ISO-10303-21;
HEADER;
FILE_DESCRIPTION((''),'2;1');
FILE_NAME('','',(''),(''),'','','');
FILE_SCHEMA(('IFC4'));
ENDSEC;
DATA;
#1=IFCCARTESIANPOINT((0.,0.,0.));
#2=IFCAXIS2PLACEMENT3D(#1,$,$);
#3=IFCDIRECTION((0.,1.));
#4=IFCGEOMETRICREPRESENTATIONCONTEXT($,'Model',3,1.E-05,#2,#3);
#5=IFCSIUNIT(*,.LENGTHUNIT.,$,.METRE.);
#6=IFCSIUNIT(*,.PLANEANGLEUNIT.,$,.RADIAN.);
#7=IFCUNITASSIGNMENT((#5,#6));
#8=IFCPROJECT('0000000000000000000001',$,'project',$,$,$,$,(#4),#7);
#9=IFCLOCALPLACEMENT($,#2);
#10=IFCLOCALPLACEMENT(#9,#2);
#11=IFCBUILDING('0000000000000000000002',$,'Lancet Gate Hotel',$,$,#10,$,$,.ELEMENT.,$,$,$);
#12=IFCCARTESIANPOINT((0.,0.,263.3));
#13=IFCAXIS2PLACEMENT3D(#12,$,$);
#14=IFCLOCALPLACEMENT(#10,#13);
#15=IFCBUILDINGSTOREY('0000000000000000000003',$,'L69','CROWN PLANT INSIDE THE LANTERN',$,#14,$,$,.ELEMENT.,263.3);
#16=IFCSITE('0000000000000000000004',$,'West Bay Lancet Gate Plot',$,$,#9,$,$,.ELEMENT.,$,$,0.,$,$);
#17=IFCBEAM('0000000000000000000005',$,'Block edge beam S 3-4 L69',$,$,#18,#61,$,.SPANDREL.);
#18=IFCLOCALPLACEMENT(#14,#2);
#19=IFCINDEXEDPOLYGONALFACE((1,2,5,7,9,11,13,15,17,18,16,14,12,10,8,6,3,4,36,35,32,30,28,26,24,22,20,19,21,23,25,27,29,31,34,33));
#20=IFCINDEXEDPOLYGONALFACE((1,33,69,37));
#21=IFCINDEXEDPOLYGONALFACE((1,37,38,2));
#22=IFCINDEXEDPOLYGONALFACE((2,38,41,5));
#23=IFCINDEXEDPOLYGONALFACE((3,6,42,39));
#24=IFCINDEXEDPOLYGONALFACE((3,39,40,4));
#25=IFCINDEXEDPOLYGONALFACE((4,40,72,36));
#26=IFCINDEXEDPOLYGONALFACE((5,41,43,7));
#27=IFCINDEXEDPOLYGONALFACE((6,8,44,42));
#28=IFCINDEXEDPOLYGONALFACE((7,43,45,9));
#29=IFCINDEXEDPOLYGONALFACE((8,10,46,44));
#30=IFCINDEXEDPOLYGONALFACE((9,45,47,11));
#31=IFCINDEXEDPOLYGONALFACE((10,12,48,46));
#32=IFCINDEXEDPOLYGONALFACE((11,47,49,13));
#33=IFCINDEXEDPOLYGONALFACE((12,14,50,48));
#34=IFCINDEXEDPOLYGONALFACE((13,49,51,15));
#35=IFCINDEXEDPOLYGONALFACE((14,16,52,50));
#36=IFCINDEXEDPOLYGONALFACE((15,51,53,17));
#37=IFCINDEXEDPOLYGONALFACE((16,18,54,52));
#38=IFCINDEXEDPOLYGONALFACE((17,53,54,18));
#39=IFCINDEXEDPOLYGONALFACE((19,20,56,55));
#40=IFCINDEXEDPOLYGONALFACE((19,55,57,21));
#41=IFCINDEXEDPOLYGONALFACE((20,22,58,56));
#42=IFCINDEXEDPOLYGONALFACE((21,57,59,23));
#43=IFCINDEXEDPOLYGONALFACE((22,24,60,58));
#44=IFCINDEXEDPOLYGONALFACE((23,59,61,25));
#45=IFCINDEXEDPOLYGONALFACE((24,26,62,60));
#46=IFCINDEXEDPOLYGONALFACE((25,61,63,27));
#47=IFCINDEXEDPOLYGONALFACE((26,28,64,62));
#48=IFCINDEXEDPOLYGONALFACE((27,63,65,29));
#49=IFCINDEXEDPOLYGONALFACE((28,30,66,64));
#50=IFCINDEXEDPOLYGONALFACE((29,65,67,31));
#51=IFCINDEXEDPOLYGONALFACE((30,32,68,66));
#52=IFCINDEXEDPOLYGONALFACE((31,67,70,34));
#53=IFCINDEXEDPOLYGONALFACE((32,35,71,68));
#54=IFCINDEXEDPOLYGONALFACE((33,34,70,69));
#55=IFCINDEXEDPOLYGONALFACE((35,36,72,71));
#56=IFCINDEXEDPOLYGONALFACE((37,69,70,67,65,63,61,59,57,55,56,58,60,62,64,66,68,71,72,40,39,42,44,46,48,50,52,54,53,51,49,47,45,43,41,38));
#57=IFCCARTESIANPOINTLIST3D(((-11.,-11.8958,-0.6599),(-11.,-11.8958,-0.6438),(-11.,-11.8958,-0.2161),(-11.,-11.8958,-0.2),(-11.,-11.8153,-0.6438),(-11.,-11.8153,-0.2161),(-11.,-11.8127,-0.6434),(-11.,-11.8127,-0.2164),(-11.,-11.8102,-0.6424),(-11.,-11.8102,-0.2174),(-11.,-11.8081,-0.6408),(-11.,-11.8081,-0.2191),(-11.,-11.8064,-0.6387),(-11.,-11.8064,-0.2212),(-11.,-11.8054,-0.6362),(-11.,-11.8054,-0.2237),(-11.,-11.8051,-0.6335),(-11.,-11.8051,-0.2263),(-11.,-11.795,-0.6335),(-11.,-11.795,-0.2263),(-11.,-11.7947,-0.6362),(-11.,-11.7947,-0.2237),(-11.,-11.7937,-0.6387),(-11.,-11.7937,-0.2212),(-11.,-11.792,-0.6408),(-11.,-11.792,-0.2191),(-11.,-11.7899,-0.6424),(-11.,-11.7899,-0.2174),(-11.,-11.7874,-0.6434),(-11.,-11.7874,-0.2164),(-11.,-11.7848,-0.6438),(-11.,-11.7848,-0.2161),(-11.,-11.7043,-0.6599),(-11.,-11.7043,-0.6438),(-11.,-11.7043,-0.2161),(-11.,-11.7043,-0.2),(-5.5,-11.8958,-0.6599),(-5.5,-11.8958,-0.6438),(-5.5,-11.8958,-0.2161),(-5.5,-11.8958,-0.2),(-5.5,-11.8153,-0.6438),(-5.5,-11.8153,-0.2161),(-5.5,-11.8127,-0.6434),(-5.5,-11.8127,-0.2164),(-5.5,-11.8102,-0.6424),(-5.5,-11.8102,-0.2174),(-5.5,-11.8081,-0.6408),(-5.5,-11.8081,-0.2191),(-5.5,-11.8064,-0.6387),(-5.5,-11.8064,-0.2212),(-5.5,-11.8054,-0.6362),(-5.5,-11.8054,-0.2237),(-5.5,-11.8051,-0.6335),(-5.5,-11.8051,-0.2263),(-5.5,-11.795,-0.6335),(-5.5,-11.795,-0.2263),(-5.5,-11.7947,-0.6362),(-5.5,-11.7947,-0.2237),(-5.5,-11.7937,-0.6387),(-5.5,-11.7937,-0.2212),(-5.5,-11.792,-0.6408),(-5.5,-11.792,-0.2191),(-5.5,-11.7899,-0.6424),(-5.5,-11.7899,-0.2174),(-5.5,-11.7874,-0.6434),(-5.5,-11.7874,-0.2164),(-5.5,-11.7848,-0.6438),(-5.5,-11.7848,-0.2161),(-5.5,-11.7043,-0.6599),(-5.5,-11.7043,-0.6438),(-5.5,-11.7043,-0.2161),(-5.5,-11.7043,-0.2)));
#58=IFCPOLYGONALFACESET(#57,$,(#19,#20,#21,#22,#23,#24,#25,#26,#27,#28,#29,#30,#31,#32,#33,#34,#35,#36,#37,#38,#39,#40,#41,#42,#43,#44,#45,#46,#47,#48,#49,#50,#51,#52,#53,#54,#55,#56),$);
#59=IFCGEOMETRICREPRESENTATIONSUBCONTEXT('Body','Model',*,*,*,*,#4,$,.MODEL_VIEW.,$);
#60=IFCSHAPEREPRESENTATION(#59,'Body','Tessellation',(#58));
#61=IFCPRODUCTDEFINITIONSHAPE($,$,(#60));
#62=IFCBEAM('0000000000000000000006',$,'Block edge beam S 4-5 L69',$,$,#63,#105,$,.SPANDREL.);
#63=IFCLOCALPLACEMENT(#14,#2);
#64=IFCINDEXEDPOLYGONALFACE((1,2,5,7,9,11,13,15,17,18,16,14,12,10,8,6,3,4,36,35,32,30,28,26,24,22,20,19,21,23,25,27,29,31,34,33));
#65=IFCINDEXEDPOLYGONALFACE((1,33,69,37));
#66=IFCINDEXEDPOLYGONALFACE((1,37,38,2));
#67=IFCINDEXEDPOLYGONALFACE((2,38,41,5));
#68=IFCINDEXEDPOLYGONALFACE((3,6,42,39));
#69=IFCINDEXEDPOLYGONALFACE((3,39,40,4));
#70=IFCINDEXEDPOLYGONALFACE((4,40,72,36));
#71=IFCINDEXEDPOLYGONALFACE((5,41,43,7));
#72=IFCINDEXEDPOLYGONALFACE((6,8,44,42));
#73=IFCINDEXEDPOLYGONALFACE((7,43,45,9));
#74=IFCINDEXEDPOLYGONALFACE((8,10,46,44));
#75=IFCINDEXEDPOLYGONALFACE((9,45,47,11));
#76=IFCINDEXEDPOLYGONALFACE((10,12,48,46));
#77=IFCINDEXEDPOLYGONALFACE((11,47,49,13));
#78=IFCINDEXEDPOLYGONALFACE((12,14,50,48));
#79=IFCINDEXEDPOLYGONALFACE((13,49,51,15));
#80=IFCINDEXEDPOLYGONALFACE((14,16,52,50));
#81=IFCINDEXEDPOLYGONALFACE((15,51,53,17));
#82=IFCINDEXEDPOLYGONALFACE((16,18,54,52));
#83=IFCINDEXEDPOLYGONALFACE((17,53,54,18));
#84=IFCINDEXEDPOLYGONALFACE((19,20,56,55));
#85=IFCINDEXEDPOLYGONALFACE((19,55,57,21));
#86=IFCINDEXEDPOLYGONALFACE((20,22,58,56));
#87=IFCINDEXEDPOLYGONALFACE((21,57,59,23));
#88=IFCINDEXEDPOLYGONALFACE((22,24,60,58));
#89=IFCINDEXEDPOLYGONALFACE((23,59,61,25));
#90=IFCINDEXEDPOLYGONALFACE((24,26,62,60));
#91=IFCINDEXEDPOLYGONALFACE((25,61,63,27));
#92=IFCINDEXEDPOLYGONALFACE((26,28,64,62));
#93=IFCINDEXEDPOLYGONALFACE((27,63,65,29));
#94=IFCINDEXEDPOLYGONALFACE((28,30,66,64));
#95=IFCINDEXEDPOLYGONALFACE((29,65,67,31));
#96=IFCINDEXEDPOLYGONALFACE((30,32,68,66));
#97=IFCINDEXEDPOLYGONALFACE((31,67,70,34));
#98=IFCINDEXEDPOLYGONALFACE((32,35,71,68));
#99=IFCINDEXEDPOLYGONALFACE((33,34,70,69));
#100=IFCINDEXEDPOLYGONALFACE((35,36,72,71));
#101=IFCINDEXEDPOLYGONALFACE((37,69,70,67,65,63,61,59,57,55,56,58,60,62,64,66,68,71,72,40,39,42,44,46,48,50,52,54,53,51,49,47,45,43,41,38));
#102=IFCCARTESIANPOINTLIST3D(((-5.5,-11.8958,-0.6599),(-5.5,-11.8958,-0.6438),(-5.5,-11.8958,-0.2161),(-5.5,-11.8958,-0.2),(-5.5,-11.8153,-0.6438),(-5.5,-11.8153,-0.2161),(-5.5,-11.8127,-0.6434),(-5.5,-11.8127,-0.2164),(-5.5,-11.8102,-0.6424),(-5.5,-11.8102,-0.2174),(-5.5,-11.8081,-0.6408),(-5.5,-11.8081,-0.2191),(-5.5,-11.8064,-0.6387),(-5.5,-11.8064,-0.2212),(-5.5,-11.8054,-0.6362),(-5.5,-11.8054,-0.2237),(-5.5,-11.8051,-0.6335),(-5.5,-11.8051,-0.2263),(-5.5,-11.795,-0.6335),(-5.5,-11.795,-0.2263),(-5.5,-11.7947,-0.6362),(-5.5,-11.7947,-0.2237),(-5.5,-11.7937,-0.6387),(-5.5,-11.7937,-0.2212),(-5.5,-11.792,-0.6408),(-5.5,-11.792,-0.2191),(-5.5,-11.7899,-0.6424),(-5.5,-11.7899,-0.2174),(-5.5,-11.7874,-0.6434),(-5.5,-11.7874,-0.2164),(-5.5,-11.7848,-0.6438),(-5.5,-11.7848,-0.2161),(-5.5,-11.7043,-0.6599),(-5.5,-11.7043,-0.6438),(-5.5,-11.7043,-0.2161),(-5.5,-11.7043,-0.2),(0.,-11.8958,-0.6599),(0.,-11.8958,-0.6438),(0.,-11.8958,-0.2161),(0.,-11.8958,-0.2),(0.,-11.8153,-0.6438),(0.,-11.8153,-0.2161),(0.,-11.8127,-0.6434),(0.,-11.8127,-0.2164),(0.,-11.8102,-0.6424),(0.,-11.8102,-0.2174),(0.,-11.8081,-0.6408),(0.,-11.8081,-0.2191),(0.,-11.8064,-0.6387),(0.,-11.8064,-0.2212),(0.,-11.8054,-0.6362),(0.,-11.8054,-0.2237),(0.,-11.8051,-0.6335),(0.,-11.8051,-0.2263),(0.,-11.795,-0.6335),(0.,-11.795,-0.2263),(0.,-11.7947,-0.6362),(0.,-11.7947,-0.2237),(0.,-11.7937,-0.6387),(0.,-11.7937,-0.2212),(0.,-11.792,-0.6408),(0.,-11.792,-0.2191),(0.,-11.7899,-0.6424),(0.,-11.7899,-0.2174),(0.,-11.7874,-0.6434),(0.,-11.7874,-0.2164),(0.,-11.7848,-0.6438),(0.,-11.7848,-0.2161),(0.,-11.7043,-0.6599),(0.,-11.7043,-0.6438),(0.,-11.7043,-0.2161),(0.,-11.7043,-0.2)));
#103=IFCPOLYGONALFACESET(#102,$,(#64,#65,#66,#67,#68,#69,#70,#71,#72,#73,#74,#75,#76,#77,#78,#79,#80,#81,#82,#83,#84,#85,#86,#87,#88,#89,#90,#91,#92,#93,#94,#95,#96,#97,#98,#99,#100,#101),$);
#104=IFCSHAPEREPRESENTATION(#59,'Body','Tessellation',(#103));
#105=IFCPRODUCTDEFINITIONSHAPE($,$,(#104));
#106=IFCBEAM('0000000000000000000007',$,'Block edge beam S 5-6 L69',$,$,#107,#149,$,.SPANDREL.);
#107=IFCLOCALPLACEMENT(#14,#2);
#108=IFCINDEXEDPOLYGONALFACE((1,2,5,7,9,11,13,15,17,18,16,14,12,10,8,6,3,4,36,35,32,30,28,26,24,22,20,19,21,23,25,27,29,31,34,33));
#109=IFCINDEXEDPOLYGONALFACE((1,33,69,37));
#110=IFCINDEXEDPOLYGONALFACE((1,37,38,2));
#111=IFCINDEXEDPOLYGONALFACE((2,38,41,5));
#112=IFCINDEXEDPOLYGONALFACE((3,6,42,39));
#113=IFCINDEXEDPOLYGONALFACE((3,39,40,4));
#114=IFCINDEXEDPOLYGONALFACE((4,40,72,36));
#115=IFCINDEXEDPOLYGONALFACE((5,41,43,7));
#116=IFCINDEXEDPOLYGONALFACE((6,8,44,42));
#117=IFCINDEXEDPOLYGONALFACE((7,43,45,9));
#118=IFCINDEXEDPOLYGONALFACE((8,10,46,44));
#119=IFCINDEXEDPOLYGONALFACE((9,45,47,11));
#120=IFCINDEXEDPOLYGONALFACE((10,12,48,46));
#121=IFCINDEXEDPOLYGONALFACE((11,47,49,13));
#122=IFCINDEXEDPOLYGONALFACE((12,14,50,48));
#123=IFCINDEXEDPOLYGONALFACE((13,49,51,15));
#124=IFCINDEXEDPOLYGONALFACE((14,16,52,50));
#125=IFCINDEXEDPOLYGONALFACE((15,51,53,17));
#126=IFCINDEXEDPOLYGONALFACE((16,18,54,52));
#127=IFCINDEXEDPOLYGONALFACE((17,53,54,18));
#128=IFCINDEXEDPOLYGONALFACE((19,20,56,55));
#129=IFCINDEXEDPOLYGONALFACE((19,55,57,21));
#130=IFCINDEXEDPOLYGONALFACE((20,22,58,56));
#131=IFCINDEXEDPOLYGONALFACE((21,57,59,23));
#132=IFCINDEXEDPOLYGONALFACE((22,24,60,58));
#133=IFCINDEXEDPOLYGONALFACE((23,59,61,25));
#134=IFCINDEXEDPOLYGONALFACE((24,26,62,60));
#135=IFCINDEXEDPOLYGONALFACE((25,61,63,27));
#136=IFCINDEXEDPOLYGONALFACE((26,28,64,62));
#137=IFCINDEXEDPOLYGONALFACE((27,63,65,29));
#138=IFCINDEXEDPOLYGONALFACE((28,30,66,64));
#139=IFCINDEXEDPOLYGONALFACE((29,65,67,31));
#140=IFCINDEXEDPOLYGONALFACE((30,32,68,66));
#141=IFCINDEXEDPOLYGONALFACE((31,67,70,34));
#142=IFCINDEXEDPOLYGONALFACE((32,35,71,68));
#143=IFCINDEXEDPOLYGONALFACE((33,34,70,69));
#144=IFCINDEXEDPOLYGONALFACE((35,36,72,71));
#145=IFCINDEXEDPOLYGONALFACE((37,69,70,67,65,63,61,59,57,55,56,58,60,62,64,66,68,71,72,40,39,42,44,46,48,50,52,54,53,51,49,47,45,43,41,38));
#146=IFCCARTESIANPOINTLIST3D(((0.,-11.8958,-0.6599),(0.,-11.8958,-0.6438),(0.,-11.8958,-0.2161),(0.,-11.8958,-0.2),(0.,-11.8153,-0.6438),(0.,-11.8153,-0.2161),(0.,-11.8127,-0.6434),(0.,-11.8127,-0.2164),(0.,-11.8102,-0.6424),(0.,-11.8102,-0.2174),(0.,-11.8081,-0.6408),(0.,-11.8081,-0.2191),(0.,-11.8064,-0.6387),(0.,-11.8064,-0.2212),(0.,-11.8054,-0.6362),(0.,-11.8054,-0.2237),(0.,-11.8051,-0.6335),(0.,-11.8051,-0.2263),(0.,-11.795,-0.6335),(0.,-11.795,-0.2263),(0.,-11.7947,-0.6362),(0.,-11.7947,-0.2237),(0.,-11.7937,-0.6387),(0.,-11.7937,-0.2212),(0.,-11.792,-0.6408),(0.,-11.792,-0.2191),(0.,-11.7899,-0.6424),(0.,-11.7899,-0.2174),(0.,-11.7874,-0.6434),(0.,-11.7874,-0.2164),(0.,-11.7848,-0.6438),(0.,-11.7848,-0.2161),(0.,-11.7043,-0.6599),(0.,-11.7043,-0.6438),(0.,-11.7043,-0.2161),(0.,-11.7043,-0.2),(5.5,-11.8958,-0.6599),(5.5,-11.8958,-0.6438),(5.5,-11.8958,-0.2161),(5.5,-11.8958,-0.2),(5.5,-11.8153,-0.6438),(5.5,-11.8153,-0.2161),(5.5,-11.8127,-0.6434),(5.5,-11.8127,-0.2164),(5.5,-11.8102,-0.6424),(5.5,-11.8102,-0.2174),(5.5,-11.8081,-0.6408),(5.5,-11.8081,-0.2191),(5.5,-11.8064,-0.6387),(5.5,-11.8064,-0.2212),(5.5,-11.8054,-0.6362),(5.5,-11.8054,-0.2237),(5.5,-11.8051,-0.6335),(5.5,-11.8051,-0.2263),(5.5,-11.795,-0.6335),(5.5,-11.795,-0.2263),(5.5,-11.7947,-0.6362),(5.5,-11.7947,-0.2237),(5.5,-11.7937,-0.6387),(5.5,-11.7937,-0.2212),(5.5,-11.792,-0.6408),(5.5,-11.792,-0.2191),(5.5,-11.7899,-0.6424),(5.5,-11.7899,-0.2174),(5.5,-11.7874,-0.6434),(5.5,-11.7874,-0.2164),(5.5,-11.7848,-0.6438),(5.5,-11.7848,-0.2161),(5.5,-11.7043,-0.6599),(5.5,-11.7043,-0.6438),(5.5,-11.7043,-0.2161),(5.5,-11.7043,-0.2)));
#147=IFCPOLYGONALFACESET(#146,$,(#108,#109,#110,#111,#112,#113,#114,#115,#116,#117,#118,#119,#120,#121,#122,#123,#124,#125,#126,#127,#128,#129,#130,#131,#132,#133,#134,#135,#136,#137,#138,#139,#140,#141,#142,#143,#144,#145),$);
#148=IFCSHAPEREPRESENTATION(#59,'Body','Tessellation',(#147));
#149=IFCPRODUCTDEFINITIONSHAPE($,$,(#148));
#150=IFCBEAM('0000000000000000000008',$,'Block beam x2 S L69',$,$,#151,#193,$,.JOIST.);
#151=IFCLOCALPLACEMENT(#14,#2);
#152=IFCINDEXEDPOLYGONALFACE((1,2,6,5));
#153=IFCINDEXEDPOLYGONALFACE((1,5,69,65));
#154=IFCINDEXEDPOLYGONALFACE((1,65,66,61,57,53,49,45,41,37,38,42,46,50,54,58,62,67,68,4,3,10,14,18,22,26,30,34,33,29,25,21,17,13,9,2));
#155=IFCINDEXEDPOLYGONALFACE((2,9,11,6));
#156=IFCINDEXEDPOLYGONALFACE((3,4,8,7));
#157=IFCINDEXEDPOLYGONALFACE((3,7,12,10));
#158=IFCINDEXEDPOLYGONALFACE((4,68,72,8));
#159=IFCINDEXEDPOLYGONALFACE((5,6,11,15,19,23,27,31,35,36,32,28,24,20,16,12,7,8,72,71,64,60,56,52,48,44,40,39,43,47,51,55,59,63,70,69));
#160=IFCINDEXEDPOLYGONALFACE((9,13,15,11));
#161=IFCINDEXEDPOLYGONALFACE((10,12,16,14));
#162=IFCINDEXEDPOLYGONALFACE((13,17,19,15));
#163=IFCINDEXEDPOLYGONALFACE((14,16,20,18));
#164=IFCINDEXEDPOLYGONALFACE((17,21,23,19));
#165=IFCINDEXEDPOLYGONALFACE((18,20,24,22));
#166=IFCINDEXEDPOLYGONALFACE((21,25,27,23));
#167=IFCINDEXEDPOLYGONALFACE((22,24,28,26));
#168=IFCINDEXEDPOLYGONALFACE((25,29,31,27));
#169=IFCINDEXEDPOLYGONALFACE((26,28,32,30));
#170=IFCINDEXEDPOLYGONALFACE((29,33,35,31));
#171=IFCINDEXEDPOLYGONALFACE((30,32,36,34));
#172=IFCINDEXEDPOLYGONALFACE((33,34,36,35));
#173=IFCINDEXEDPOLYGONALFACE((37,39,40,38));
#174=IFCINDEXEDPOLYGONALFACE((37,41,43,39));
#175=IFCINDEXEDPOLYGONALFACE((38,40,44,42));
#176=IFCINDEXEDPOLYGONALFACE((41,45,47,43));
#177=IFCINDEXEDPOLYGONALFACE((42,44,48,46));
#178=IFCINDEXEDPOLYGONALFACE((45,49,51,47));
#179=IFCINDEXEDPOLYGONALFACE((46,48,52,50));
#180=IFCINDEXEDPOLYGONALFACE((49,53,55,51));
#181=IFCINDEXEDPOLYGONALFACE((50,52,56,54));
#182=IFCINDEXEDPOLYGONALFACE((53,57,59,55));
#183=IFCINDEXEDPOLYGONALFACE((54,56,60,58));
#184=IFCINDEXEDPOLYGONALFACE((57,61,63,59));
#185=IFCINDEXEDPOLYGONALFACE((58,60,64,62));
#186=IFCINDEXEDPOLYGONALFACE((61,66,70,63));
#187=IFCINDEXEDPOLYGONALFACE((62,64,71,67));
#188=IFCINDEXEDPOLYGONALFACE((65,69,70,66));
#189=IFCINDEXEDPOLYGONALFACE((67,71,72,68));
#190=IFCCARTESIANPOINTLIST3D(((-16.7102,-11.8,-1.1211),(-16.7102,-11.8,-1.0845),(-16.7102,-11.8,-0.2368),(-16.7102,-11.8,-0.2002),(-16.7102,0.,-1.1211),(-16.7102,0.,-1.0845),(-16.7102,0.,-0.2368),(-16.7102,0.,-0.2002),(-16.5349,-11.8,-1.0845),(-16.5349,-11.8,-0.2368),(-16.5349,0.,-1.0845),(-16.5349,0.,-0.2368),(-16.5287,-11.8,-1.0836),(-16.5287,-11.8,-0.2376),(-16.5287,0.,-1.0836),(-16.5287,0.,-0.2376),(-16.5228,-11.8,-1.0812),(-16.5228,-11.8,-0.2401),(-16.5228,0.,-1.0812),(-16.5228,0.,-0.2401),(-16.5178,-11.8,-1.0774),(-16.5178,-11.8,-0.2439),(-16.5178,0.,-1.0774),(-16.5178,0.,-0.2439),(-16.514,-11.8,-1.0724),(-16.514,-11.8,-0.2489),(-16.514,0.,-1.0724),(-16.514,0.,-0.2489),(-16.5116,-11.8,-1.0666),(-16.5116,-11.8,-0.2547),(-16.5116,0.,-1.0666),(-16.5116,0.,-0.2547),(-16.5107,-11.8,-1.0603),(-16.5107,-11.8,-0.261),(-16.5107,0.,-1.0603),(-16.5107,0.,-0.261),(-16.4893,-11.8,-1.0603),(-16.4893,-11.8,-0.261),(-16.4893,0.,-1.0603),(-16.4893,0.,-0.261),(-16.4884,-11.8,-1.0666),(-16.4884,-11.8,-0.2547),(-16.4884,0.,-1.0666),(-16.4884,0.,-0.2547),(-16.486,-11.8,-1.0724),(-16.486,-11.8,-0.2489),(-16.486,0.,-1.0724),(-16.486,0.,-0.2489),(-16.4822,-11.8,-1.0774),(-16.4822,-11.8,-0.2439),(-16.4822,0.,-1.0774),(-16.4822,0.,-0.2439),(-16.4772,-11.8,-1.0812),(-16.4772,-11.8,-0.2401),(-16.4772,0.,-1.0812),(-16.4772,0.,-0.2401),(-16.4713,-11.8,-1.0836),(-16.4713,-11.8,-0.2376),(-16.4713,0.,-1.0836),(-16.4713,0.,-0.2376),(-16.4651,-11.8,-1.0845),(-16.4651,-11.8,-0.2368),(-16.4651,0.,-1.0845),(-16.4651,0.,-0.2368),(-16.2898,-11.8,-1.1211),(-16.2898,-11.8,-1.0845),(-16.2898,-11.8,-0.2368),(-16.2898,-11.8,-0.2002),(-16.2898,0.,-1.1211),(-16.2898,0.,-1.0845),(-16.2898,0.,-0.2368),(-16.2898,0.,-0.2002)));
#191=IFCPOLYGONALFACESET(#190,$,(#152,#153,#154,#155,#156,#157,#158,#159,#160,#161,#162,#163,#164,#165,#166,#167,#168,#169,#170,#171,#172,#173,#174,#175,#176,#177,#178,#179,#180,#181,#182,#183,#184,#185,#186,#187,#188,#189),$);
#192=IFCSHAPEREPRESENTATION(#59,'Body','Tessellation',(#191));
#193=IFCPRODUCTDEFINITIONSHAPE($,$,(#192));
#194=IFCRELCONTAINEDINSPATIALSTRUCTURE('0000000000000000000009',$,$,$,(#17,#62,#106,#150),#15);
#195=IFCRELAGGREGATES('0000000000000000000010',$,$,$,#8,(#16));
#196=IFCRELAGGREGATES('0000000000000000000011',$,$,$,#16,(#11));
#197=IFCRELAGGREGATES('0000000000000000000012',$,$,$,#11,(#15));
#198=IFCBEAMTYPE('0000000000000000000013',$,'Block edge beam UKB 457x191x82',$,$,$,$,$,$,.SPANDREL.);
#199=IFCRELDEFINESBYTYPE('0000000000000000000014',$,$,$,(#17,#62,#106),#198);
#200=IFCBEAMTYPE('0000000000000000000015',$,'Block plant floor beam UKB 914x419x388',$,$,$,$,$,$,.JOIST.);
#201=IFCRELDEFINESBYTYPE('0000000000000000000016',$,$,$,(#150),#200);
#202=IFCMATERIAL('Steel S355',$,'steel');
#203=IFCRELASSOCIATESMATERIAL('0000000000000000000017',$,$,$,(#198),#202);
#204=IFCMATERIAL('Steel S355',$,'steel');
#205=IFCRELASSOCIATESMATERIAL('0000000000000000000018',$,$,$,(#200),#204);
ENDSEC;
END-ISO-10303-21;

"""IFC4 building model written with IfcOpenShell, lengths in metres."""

from ifc_helpers import new_model, si_unit, direction, frame, origin, origin_2d, place, context, subcontext, project, spatial, i_section, extrude, material, material_profile, profile_set, type_object, element, save


model = new_model("IFC4")

# Units and contexts
model_context = context("Model", 3, precision=1e-05, world=origin(), true_north=direction((0.0, 1.0)))
body_context = subcontext(model_context, "Body", "Model", "MODEL_VIEW")
ifc_project = project(units=[si_unit("LENGTHUNIT", "METRE"), si_unit("PLANEANGLEUNIT", "RADIAN")], contexts=[model_context])

# Site, building, storey
site_placement = place(None, origin())
site = spatial("IfcSite", under=ifc_project, at=site_placement, Name="West Bay Lancet Gate Plot", CompositionType="ELEMENT", RefElevation=0.0)
building_placement = place(site_placement, origin())
building = spatial("IfcBuilding", under=site, at=building_placement, Name="Lancet Gate Hotel", CompositionType="ELEMENT")
storey_placement = place(building_placement, frame((0.0, 0.0, 263.3)))
storey = spatial("IfcBuildingStorey", under=building, at=storey_placement, Name="L69", Description="CROWN PLANT INSIDE THE LANTERN", CompositionType="ELEMENT", Elevation=263.3)

# Beams
ifc_material_1 = material(Name="Steel S355", Category="steel")
ifc_material_profile_1 = material_profile(ifc_material_1, i_section(OverallWidth=0.1914, OverallDepth=0.46, WebThickness=0.01, FlangeThickness=0.0161, FilletRadius=0.0103, at=origin_2d()), Name="UKB 457x191x82")
ifc_profile_set_1 = profile_set([ifc_material_profile_1], Name="Steel S355")
beam_type_1 = type_object("IfcBeamType", Name="Block edge beam UKB 457x191x82", PredefinedType="SPANDREL", material=ifc_profile_set_1)
for number, where, z_axis, x_axis, name in (
    (1, (-11.0, -11.8, -0.4299), (1.0, 0.0, 0.0), (0.0, 1.0, 0.0), "Block edge beam S 3-4 L69"),
    (2, (-5.5, -11.8, -0.4299), (1.0, 0.0, 0.0), (0.0, 1.0, 0.0), "Block edge beam S 4-5 L69"),
    (3, (0.0, -11.8, -0.4299), (1.0, 0.0, 0.0), (0.0, 1.0, 0.0), "Block edge beam S 5-6 L69"),
):
    element("IfcBeam", number, at=place(storey_placement, frame(where, z_axis=z_axis, x_axis=x_axis)), inside=storey, type_object=beam_type_1, Name=name, PredefinedType="SPANDREL", context=body_context, shape_type="SweptSolid", body=[
        extrude(i_section(OverallWidth=0.1914, OverallDepth=0.46, WebThickness=0.01, FlangeThickness=0.0161, FilletRadius=0.0103, at=origin_2d()), origin(), (0.0, 0.0, 1.0), 5.5),
    ])
ifc_material_2 = material(Name="Steel S355", Category="steel")
ifc_material_profile_2 = material_profile(ifc_material_2, i_section(OverallWidth=0.4204, OverallDepth=0.9209, WebThickness=0.0215, FlangeThickness=0.0366, FilletRadius=0.0242, at=origin_2d()), Name="UKB 914x419x388")
ifc_profile_set_2 = profile_set([ifc_material_profile_2], Name="Steel S355")
beam_type_2 = type_object("IfcBeamType", Name="Block plant floor beam UKB 914x419x388", PredefinedType="JOIST", material=ifc_profile_set_2)
for number, where, z_axis, x_axis, name in (
    (4, (-16.5, -11.8, -0.6606), (0.0, 1.0, 0.0), (-1.0, 0.0, 0.0), "Block beam x2 S L69"),
):
    element("IfcBeam", number, at=place(storey_placement, frame(where, z_axis=z_axis, x_axis=x_axis)), inside=storey, type_object=beam_type_2, Name=name, PredefinedType="JOIST", context=body_context, shape_type="SweptSolid", body=[
        extrude(i_section(OverallWidth=0.4204, OverallDepth=0.9209, WebThickness=0.0215, FlangeThickness=0.0366, FilletRadius=0.0242, at=origin_2d()), origin(), (0.0, 0.0, 1.0), 11.8),
    ])

save(model, "model.ifc")
